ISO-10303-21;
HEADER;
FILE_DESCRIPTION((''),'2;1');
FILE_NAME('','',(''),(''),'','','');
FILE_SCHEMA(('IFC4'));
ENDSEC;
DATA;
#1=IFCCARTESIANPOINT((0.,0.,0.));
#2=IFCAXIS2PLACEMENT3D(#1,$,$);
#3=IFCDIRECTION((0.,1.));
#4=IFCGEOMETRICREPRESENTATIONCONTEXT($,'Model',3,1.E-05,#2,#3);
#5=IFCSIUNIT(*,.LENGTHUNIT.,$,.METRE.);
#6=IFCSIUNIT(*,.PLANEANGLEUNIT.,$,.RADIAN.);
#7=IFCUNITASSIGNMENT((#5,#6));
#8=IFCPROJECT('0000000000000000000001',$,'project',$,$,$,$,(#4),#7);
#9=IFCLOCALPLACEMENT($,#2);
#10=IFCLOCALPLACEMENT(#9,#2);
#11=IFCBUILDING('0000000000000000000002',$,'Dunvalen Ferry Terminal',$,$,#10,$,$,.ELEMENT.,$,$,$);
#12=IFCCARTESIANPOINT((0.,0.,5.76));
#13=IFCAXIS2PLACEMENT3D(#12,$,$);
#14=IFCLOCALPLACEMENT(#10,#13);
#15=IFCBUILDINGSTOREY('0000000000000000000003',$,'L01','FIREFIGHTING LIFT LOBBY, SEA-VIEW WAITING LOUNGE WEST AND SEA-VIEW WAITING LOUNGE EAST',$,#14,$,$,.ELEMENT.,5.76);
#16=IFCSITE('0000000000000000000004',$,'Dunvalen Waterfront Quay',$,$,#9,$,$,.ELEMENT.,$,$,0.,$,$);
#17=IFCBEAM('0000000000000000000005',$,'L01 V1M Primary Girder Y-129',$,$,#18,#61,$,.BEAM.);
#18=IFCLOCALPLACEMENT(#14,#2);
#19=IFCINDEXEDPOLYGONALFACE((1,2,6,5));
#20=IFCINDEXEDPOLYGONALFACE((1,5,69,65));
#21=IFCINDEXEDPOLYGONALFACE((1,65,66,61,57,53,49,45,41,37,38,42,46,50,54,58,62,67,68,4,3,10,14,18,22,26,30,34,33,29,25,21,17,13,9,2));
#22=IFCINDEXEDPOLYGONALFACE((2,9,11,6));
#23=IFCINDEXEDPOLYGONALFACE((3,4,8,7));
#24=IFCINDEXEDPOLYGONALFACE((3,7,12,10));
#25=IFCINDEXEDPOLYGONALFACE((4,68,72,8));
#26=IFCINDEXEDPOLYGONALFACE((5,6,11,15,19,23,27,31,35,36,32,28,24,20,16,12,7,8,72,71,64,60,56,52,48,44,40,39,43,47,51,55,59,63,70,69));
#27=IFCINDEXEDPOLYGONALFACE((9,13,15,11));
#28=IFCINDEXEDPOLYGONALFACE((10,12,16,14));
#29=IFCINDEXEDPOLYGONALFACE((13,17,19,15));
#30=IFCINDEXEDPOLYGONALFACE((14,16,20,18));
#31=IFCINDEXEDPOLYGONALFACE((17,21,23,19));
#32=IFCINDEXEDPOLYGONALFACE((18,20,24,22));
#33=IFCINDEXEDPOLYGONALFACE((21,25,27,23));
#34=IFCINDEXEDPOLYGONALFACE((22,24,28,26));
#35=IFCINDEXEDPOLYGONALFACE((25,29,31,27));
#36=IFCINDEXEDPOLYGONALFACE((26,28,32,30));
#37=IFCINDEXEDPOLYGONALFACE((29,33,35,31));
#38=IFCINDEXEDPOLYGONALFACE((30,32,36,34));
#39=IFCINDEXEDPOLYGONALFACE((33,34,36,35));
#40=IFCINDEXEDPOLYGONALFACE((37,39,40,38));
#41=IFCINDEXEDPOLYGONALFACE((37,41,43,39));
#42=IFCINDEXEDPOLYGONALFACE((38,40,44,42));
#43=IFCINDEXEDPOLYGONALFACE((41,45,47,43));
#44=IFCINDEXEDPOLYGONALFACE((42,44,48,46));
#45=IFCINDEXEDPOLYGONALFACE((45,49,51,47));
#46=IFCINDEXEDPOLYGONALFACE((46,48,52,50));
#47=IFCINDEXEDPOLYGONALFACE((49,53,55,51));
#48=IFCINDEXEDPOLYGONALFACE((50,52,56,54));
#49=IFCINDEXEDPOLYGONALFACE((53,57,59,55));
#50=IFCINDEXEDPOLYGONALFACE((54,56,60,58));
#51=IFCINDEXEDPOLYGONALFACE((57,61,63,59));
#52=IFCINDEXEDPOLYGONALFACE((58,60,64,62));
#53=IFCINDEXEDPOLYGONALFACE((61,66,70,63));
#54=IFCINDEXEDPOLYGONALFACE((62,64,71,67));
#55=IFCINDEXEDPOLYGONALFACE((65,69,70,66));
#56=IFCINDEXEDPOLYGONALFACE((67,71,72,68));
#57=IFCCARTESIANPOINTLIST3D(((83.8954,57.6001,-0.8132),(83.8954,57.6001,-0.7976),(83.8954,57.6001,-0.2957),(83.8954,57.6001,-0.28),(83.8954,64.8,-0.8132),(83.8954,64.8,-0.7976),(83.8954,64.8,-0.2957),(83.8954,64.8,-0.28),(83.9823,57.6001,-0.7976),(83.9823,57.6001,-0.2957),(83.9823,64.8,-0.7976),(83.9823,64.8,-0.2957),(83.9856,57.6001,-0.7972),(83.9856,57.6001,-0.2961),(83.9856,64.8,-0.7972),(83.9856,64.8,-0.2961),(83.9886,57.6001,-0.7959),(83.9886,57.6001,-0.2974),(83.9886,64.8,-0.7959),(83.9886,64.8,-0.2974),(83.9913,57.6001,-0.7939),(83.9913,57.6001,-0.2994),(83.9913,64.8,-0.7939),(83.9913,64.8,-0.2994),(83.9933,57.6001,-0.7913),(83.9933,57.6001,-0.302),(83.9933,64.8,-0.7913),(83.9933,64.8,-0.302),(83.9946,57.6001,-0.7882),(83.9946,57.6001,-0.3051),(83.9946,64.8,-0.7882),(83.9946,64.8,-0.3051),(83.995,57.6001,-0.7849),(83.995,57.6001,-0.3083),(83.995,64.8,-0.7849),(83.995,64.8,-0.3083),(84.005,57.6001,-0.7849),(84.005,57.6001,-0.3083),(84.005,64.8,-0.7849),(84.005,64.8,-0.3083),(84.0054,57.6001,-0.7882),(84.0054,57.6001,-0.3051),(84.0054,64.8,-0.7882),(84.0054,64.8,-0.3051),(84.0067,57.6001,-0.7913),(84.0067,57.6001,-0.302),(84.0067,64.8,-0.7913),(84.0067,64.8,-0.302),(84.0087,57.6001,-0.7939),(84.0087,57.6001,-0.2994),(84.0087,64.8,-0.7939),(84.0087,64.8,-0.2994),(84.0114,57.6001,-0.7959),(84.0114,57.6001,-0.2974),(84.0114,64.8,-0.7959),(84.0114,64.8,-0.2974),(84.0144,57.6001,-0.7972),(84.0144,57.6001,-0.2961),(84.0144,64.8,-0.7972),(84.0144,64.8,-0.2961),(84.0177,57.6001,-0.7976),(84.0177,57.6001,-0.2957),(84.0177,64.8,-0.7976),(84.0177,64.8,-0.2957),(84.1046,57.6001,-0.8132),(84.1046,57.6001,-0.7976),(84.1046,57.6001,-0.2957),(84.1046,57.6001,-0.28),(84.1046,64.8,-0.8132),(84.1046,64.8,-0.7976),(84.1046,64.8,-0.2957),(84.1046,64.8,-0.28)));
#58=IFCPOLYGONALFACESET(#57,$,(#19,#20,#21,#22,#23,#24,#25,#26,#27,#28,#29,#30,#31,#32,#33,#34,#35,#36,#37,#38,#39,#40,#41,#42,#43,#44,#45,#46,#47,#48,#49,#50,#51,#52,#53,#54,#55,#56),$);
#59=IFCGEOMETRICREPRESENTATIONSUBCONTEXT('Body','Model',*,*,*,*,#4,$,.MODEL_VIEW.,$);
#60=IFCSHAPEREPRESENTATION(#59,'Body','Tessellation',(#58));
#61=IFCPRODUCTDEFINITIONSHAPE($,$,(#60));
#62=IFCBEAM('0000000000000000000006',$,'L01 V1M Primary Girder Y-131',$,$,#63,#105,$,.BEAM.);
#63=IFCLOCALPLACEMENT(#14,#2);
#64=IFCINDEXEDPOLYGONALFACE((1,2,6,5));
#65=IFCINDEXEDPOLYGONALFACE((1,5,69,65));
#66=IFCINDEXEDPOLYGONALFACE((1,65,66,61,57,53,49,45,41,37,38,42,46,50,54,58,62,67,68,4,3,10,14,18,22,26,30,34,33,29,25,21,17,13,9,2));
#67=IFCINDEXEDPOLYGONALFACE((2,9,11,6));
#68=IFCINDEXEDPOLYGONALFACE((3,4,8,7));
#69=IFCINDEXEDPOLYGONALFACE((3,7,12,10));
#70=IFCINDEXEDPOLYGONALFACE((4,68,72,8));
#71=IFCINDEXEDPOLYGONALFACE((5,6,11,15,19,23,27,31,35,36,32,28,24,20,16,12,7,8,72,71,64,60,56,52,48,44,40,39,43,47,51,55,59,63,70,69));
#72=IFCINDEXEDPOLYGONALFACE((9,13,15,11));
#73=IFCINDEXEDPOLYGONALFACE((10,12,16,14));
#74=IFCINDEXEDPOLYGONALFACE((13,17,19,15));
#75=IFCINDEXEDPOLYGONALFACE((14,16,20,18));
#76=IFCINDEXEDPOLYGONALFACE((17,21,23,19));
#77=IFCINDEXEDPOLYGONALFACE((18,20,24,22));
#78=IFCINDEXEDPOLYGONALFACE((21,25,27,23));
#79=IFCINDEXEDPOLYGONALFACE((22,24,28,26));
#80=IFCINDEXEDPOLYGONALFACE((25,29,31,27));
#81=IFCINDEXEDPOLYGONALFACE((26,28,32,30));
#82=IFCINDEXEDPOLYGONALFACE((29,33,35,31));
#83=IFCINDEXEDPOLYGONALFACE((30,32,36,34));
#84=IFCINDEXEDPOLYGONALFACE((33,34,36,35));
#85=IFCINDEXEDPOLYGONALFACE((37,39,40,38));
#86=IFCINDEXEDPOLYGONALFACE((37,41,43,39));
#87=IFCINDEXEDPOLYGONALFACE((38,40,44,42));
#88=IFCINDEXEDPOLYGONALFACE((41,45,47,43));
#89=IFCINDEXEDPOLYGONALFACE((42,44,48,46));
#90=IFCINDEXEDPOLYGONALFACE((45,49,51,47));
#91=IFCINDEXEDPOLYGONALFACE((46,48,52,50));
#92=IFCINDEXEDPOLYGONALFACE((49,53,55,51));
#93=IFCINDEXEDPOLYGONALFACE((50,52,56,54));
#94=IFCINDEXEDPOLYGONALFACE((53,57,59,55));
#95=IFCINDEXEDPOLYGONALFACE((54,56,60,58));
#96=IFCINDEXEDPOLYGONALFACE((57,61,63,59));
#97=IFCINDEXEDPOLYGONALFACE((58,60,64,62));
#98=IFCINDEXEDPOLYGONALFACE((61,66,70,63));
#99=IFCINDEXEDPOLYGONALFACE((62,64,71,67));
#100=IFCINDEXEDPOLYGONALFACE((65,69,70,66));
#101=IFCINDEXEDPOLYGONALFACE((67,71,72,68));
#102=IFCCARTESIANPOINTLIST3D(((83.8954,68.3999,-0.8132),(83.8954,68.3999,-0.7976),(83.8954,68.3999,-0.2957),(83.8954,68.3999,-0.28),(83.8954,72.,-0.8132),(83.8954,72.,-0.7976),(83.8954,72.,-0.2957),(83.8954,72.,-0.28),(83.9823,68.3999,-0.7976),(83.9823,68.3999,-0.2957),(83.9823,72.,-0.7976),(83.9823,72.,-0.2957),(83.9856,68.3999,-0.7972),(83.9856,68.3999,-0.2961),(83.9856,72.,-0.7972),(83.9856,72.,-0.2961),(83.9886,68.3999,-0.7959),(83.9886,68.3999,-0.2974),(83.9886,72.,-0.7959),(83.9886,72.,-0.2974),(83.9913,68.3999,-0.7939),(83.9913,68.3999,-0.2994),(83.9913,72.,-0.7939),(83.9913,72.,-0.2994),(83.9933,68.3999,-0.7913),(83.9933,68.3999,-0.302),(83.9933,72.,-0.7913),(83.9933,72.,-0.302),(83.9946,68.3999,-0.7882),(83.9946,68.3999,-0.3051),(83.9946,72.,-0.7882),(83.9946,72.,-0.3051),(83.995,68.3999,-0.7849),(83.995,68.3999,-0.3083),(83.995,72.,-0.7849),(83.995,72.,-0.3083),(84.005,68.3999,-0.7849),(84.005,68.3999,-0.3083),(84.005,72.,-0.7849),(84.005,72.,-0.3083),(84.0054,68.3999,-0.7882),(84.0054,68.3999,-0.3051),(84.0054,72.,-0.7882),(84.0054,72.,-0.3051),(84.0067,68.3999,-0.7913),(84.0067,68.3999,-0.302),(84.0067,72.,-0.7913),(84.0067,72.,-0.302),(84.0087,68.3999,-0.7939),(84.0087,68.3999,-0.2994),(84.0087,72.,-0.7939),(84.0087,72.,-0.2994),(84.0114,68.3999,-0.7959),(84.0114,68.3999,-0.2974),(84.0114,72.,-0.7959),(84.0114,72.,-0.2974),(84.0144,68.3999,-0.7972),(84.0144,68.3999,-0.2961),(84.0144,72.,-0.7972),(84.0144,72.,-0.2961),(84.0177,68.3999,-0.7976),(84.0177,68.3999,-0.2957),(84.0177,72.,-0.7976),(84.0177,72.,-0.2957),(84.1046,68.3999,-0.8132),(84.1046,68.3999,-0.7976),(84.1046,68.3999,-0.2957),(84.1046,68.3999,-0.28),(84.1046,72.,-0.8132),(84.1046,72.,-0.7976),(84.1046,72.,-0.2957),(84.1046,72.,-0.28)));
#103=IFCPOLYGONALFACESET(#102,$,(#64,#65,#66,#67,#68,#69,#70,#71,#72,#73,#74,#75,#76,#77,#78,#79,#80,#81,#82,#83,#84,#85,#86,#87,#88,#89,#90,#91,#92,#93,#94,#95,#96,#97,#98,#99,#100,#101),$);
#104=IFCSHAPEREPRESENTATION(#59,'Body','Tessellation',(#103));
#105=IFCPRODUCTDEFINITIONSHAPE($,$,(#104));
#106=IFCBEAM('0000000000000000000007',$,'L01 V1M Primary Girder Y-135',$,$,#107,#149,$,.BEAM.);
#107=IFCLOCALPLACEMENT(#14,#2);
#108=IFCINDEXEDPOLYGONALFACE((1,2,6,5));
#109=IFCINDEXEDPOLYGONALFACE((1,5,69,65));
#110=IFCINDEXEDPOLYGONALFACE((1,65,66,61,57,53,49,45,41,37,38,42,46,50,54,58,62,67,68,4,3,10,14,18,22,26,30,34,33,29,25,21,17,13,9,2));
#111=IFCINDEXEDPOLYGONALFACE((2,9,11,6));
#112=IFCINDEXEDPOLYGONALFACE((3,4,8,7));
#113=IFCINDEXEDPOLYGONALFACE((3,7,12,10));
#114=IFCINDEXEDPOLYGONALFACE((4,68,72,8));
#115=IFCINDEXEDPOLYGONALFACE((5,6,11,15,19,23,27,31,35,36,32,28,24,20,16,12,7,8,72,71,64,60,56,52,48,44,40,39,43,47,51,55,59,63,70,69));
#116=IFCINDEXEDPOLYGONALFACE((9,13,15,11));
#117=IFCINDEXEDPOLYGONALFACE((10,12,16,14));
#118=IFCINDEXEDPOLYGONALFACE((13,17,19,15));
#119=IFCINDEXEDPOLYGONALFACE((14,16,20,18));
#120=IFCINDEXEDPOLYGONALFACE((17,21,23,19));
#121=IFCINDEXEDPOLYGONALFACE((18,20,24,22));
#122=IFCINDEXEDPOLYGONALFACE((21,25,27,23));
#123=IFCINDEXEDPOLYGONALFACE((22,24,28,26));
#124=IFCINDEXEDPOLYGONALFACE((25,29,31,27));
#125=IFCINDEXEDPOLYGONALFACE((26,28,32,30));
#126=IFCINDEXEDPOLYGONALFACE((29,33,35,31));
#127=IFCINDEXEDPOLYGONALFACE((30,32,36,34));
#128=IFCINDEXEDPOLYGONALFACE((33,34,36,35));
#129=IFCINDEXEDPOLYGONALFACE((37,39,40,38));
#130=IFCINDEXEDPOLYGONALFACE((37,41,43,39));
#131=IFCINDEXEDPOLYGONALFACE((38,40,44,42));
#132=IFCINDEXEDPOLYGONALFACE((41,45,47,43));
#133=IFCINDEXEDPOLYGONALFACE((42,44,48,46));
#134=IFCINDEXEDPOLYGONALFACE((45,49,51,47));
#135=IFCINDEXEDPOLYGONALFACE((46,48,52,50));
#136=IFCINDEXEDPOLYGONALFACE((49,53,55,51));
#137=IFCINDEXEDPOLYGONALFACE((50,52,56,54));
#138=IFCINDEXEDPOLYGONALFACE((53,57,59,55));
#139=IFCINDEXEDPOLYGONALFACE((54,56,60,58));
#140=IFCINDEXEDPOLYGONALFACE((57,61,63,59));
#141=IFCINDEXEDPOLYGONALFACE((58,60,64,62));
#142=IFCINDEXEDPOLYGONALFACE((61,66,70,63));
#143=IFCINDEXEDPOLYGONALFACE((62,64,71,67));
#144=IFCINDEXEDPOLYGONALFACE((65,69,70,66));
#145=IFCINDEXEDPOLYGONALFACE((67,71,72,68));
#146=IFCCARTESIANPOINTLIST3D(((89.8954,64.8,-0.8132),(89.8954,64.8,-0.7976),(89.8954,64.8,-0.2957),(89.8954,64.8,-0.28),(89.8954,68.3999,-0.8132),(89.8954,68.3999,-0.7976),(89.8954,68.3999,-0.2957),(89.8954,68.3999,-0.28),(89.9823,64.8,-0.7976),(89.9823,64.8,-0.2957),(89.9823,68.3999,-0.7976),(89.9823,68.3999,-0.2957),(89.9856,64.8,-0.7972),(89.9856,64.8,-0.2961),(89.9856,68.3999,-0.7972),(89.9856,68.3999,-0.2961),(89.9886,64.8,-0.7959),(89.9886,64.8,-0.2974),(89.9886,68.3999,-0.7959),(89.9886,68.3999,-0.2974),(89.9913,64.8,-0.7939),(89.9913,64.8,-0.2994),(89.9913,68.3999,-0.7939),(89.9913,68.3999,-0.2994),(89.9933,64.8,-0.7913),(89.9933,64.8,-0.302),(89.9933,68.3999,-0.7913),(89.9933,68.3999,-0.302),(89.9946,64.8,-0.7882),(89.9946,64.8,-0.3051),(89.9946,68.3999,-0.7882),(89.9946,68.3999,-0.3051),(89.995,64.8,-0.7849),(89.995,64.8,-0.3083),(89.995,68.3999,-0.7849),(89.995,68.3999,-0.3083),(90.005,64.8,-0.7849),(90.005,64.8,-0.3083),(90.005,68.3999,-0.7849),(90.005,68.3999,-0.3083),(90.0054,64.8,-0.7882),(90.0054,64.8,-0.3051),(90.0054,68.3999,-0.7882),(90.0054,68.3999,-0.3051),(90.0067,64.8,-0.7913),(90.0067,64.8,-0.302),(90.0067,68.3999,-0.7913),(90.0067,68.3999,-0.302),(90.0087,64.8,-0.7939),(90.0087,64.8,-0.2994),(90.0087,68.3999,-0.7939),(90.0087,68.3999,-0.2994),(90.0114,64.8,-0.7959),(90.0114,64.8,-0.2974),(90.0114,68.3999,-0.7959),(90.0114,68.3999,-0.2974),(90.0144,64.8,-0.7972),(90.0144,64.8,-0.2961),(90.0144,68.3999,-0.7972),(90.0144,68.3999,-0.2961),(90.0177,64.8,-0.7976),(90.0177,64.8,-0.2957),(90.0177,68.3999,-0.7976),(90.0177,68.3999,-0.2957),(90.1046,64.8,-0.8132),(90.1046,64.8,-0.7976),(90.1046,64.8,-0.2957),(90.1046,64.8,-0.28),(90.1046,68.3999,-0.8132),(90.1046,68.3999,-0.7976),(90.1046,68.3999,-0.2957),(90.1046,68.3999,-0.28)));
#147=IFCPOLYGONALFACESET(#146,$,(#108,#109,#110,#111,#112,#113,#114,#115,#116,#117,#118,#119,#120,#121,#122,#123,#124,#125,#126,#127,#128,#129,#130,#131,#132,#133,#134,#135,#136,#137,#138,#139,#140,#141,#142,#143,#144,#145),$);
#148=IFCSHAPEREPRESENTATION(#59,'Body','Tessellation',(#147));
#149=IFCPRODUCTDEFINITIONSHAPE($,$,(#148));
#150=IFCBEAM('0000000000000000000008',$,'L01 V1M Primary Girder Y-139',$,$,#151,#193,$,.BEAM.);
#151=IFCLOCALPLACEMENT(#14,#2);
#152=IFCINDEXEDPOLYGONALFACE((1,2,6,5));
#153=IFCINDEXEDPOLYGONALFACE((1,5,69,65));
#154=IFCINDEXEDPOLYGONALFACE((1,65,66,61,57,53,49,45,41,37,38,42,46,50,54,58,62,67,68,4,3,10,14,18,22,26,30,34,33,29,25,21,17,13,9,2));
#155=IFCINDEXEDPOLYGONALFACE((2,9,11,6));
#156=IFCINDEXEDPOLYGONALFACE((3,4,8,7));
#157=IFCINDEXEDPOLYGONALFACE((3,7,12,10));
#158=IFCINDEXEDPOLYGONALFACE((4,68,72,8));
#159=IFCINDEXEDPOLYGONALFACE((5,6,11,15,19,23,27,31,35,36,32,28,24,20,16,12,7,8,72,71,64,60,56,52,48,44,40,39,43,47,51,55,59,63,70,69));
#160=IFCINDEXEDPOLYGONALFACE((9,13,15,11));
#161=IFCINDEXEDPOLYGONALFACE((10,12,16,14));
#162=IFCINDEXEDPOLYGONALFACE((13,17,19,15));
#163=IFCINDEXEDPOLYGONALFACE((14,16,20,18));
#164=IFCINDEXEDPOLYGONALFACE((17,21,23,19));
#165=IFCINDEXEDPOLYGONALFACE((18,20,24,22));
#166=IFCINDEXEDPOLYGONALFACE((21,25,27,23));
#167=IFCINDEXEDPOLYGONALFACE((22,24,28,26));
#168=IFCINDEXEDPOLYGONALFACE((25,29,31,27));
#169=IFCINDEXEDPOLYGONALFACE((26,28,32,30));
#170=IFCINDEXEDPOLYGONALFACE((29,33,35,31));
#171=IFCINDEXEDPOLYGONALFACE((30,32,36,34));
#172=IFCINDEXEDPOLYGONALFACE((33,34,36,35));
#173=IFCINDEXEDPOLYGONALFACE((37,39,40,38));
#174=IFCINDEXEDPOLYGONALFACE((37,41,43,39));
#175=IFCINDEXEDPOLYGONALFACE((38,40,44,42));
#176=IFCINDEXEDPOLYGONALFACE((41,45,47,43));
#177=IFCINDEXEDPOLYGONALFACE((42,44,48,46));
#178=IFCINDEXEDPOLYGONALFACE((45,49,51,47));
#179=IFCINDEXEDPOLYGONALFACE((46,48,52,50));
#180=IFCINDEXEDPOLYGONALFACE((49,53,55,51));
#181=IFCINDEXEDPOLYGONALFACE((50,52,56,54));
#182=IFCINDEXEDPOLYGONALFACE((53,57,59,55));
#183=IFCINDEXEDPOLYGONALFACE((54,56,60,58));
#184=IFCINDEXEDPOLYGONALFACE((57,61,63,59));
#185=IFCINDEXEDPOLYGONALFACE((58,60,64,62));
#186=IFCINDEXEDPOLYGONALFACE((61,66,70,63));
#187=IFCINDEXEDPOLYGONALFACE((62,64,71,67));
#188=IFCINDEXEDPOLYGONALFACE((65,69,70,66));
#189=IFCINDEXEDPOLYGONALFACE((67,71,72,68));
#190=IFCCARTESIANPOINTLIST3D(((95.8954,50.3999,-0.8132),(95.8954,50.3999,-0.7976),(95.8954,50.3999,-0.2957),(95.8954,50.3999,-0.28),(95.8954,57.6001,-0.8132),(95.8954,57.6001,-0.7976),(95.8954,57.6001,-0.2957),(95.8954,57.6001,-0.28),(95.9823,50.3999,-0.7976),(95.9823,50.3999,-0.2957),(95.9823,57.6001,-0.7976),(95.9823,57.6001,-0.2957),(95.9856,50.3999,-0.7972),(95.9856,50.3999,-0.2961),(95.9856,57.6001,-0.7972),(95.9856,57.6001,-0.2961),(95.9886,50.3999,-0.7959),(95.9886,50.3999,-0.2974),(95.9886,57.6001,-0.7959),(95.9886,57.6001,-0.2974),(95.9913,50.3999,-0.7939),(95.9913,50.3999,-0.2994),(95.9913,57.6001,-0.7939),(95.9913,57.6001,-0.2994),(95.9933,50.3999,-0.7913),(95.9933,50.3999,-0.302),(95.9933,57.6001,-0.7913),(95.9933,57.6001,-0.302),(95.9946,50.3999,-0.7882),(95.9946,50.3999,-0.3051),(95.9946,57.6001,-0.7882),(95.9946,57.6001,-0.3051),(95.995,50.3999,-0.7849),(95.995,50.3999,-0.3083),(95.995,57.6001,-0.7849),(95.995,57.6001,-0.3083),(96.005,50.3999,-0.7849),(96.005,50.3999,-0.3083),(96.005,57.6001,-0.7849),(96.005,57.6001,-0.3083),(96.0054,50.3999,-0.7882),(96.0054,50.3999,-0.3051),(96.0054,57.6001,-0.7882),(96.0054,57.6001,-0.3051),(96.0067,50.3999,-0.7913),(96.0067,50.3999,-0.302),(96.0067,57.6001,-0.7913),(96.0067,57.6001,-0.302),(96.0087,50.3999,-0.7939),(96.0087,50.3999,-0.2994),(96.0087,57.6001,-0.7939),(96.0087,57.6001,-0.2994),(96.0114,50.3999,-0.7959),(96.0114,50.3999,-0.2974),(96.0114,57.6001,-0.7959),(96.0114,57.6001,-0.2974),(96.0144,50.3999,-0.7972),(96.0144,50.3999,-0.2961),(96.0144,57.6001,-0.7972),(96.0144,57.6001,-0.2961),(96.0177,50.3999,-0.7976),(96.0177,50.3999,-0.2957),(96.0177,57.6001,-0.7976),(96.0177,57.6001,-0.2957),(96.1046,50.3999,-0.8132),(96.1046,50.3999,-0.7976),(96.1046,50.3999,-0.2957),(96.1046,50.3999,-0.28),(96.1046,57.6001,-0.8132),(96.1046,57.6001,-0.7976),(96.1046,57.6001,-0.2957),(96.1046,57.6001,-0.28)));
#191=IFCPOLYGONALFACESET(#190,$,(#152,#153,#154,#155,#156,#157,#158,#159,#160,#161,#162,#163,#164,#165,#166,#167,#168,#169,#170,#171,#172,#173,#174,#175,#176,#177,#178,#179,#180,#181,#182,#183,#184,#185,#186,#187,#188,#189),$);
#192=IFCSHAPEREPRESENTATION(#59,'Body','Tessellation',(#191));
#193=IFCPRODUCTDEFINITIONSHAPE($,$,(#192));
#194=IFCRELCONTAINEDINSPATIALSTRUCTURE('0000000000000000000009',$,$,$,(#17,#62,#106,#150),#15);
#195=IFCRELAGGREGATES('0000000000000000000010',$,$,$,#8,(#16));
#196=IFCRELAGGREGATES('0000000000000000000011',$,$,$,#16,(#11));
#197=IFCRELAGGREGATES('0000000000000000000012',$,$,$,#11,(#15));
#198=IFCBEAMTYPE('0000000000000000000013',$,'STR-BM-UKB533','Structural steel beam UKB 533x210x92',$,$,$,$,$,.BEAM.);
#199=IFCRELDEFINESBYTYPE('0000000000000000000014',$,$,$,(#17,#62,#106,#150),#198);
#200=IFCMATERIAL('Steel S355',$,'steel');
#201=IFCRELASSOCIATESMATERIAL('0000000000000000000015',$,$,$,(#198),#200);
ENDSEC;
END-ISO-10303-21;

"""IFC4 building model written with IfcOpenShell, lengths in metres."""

from ifc_helpers import new_model, si_unit, direction, frame, origin, origin_2d, place, context, subcontext, project, spatial, i_section, extrude, material, material_profile, profile_set, type_object, element, save


model = new_model("IFC4")

# Units and contexts
model_context = context("Model", 3, precision=1e-05, world=origin(), true_north=direction((0.0, 1.0)))
body_context = subcontext(model_context, "Body", "Model", "MODEL_VIEW")
ifc_project = project(units=[si_unit("LENGTHUNIT", "METRE"), si_unit("PLANEANGLEUNIT", "RADIAN")], contexts=[model_context])

# Site, building, storey
site_placement = place(None, origin())
site = spatial("IfcSite", under=ifc_project, at=site_placement, Name="Dunvalen Waterfront Quay", CompositionType="ELEMENT", RefElevation=0.0)
building_placement = place(site_placement, origin())
building = spatial("IfcBuilding", under=site, at=building_placement, Name="Dunvalen Ferry Terminal", CompositionType="ELEMENT")
storey_placement = place(building_placement, frame((0.0, 0.0, 5.76)))
storey = spatial("IfcBuildingStorey", under=building, at=storey_placement, Name="L01", Description="FIREFIGHTING LIFT LOBBY, SEA-VIEW WAITING LOUNGE WEST AND SEA-VIEW WAITING LOUNGE EAST", CompositionType="ELEMENT", Elevation=5.76)

# Beams
ifc_material_1 = material(Name="Steel S355", Category="steel")
ifc_material_profile_1 = material_profile(ifc_material_1, i_section(OverallWidth=0.2092, OverallDepth=0.5332, WebThickness=0.01, FlangeThickness=0.0156, FilletRadius=0.0127, at=origin_2d()), Name="Steel S355")
ifc_profile_set_1 = profile_set([ifc_material_profile_1], Name="Steel S355")
beam_type_1 = type_object("IfcBeamType", Name="STR-BM-UKB533", Description="Structural steel beam UKB 533x210x92", PredefinedType="BEAM", material=ifc_profile_set_1)
beam_1_placement = place(storey_placement, frame((84.0, 57.6001, -0.5466), z_axis=(0.0, 1.0, 0.0), x_axis=(-1.0, 0.0, 0.0)))
element("IfcBeam", 1, at=beam_1_placement, inside=storey, type_object=beam_type_1, Name="L01 V1M Primary Girder Y-129", PredefinedType="BEAM", context=body_context, shape_type="SweptSolid", body=[
    extrude(i_section(OverallWidth=0.2092, OverallDepth=0.5332, WebThickness=0.01, FlangeThickness=0.0156, FilletRadius=0.0127, at=origin_2d()), origin(), (0.0, 0.0, 1.0), 7.2),
])
beam_2_placement = place(storey_placement, frame((84.0, 68.3999, -0.5466), z_axis=(0.0, 1.0, 0.0), x_axis=(-1.0, 0.0, 0.0)))
element("IfcBeam", 2, at=beam_2_placement, inside=storey, type_object=beam_type_1, Name="L01 V1M Primary Girder Y-131", PredefinedType="BEAM", context=body_context, shape_type="SweptSolid", body=[
    extrude(i_section(OverallWidth=0.2092, OverallDepth=0.5332, WebThickness=0.01, FlangeThickness=0.0156, FilletRadius=0.0127, at=origin_2d()), origin(), (0.0, 0.0, 1.0), 3.6001),
])
beam_3_placement = place(storey_placement, frame((90.0, 64.8, -0.5466), z_axis=(0.0, 1.0, 0.0), x_axis=(-1.0, 0.0, 0.0)))
element("IfcBeam", 3, at=beam_3_placement, inside=storey, type_object=beam_type_1, Name="L01 V1M Primary Girder Y-135", PredefinedType="BEAM", context=body_context, shape_type="SweptSolid", body=[
    extrude(i_section(OverallWidth=0.2092, OverallDepth=0.5332, WebThickness=0.01, FlangeThickness=0.0156, FilletRadius=0.0127, at=origin_2d()), origin(), (0.0, 0.0, 1.0), 3.5999),
])
beam_4_placement = place(storey_placement, frame((96.0, 50.3999, -0.5466), z_axis=(0.0, 1.0, 0.0), x_axis=(-1.0, 0.0, 0.0)))
element("IfcBeam", 4, at=beam_4_placement, inside=storey, type_object=beam_type_1, Name="L01 V1M Primary Girder Y-139", PredefinedType="BEAM", context=body_context, shape_type="SweptSolid", body=[
    extrude(i_section(OverallWidth=0.2092, OverallDepth=0.5332, WebThickness=0.01, FlangeThickness=0.0156, FilletRadius=0.0127, at=origin_2d()), origin(), (0.0, 0.0, 1.0), 7.2002),
])

save(model, "model.ifc")
